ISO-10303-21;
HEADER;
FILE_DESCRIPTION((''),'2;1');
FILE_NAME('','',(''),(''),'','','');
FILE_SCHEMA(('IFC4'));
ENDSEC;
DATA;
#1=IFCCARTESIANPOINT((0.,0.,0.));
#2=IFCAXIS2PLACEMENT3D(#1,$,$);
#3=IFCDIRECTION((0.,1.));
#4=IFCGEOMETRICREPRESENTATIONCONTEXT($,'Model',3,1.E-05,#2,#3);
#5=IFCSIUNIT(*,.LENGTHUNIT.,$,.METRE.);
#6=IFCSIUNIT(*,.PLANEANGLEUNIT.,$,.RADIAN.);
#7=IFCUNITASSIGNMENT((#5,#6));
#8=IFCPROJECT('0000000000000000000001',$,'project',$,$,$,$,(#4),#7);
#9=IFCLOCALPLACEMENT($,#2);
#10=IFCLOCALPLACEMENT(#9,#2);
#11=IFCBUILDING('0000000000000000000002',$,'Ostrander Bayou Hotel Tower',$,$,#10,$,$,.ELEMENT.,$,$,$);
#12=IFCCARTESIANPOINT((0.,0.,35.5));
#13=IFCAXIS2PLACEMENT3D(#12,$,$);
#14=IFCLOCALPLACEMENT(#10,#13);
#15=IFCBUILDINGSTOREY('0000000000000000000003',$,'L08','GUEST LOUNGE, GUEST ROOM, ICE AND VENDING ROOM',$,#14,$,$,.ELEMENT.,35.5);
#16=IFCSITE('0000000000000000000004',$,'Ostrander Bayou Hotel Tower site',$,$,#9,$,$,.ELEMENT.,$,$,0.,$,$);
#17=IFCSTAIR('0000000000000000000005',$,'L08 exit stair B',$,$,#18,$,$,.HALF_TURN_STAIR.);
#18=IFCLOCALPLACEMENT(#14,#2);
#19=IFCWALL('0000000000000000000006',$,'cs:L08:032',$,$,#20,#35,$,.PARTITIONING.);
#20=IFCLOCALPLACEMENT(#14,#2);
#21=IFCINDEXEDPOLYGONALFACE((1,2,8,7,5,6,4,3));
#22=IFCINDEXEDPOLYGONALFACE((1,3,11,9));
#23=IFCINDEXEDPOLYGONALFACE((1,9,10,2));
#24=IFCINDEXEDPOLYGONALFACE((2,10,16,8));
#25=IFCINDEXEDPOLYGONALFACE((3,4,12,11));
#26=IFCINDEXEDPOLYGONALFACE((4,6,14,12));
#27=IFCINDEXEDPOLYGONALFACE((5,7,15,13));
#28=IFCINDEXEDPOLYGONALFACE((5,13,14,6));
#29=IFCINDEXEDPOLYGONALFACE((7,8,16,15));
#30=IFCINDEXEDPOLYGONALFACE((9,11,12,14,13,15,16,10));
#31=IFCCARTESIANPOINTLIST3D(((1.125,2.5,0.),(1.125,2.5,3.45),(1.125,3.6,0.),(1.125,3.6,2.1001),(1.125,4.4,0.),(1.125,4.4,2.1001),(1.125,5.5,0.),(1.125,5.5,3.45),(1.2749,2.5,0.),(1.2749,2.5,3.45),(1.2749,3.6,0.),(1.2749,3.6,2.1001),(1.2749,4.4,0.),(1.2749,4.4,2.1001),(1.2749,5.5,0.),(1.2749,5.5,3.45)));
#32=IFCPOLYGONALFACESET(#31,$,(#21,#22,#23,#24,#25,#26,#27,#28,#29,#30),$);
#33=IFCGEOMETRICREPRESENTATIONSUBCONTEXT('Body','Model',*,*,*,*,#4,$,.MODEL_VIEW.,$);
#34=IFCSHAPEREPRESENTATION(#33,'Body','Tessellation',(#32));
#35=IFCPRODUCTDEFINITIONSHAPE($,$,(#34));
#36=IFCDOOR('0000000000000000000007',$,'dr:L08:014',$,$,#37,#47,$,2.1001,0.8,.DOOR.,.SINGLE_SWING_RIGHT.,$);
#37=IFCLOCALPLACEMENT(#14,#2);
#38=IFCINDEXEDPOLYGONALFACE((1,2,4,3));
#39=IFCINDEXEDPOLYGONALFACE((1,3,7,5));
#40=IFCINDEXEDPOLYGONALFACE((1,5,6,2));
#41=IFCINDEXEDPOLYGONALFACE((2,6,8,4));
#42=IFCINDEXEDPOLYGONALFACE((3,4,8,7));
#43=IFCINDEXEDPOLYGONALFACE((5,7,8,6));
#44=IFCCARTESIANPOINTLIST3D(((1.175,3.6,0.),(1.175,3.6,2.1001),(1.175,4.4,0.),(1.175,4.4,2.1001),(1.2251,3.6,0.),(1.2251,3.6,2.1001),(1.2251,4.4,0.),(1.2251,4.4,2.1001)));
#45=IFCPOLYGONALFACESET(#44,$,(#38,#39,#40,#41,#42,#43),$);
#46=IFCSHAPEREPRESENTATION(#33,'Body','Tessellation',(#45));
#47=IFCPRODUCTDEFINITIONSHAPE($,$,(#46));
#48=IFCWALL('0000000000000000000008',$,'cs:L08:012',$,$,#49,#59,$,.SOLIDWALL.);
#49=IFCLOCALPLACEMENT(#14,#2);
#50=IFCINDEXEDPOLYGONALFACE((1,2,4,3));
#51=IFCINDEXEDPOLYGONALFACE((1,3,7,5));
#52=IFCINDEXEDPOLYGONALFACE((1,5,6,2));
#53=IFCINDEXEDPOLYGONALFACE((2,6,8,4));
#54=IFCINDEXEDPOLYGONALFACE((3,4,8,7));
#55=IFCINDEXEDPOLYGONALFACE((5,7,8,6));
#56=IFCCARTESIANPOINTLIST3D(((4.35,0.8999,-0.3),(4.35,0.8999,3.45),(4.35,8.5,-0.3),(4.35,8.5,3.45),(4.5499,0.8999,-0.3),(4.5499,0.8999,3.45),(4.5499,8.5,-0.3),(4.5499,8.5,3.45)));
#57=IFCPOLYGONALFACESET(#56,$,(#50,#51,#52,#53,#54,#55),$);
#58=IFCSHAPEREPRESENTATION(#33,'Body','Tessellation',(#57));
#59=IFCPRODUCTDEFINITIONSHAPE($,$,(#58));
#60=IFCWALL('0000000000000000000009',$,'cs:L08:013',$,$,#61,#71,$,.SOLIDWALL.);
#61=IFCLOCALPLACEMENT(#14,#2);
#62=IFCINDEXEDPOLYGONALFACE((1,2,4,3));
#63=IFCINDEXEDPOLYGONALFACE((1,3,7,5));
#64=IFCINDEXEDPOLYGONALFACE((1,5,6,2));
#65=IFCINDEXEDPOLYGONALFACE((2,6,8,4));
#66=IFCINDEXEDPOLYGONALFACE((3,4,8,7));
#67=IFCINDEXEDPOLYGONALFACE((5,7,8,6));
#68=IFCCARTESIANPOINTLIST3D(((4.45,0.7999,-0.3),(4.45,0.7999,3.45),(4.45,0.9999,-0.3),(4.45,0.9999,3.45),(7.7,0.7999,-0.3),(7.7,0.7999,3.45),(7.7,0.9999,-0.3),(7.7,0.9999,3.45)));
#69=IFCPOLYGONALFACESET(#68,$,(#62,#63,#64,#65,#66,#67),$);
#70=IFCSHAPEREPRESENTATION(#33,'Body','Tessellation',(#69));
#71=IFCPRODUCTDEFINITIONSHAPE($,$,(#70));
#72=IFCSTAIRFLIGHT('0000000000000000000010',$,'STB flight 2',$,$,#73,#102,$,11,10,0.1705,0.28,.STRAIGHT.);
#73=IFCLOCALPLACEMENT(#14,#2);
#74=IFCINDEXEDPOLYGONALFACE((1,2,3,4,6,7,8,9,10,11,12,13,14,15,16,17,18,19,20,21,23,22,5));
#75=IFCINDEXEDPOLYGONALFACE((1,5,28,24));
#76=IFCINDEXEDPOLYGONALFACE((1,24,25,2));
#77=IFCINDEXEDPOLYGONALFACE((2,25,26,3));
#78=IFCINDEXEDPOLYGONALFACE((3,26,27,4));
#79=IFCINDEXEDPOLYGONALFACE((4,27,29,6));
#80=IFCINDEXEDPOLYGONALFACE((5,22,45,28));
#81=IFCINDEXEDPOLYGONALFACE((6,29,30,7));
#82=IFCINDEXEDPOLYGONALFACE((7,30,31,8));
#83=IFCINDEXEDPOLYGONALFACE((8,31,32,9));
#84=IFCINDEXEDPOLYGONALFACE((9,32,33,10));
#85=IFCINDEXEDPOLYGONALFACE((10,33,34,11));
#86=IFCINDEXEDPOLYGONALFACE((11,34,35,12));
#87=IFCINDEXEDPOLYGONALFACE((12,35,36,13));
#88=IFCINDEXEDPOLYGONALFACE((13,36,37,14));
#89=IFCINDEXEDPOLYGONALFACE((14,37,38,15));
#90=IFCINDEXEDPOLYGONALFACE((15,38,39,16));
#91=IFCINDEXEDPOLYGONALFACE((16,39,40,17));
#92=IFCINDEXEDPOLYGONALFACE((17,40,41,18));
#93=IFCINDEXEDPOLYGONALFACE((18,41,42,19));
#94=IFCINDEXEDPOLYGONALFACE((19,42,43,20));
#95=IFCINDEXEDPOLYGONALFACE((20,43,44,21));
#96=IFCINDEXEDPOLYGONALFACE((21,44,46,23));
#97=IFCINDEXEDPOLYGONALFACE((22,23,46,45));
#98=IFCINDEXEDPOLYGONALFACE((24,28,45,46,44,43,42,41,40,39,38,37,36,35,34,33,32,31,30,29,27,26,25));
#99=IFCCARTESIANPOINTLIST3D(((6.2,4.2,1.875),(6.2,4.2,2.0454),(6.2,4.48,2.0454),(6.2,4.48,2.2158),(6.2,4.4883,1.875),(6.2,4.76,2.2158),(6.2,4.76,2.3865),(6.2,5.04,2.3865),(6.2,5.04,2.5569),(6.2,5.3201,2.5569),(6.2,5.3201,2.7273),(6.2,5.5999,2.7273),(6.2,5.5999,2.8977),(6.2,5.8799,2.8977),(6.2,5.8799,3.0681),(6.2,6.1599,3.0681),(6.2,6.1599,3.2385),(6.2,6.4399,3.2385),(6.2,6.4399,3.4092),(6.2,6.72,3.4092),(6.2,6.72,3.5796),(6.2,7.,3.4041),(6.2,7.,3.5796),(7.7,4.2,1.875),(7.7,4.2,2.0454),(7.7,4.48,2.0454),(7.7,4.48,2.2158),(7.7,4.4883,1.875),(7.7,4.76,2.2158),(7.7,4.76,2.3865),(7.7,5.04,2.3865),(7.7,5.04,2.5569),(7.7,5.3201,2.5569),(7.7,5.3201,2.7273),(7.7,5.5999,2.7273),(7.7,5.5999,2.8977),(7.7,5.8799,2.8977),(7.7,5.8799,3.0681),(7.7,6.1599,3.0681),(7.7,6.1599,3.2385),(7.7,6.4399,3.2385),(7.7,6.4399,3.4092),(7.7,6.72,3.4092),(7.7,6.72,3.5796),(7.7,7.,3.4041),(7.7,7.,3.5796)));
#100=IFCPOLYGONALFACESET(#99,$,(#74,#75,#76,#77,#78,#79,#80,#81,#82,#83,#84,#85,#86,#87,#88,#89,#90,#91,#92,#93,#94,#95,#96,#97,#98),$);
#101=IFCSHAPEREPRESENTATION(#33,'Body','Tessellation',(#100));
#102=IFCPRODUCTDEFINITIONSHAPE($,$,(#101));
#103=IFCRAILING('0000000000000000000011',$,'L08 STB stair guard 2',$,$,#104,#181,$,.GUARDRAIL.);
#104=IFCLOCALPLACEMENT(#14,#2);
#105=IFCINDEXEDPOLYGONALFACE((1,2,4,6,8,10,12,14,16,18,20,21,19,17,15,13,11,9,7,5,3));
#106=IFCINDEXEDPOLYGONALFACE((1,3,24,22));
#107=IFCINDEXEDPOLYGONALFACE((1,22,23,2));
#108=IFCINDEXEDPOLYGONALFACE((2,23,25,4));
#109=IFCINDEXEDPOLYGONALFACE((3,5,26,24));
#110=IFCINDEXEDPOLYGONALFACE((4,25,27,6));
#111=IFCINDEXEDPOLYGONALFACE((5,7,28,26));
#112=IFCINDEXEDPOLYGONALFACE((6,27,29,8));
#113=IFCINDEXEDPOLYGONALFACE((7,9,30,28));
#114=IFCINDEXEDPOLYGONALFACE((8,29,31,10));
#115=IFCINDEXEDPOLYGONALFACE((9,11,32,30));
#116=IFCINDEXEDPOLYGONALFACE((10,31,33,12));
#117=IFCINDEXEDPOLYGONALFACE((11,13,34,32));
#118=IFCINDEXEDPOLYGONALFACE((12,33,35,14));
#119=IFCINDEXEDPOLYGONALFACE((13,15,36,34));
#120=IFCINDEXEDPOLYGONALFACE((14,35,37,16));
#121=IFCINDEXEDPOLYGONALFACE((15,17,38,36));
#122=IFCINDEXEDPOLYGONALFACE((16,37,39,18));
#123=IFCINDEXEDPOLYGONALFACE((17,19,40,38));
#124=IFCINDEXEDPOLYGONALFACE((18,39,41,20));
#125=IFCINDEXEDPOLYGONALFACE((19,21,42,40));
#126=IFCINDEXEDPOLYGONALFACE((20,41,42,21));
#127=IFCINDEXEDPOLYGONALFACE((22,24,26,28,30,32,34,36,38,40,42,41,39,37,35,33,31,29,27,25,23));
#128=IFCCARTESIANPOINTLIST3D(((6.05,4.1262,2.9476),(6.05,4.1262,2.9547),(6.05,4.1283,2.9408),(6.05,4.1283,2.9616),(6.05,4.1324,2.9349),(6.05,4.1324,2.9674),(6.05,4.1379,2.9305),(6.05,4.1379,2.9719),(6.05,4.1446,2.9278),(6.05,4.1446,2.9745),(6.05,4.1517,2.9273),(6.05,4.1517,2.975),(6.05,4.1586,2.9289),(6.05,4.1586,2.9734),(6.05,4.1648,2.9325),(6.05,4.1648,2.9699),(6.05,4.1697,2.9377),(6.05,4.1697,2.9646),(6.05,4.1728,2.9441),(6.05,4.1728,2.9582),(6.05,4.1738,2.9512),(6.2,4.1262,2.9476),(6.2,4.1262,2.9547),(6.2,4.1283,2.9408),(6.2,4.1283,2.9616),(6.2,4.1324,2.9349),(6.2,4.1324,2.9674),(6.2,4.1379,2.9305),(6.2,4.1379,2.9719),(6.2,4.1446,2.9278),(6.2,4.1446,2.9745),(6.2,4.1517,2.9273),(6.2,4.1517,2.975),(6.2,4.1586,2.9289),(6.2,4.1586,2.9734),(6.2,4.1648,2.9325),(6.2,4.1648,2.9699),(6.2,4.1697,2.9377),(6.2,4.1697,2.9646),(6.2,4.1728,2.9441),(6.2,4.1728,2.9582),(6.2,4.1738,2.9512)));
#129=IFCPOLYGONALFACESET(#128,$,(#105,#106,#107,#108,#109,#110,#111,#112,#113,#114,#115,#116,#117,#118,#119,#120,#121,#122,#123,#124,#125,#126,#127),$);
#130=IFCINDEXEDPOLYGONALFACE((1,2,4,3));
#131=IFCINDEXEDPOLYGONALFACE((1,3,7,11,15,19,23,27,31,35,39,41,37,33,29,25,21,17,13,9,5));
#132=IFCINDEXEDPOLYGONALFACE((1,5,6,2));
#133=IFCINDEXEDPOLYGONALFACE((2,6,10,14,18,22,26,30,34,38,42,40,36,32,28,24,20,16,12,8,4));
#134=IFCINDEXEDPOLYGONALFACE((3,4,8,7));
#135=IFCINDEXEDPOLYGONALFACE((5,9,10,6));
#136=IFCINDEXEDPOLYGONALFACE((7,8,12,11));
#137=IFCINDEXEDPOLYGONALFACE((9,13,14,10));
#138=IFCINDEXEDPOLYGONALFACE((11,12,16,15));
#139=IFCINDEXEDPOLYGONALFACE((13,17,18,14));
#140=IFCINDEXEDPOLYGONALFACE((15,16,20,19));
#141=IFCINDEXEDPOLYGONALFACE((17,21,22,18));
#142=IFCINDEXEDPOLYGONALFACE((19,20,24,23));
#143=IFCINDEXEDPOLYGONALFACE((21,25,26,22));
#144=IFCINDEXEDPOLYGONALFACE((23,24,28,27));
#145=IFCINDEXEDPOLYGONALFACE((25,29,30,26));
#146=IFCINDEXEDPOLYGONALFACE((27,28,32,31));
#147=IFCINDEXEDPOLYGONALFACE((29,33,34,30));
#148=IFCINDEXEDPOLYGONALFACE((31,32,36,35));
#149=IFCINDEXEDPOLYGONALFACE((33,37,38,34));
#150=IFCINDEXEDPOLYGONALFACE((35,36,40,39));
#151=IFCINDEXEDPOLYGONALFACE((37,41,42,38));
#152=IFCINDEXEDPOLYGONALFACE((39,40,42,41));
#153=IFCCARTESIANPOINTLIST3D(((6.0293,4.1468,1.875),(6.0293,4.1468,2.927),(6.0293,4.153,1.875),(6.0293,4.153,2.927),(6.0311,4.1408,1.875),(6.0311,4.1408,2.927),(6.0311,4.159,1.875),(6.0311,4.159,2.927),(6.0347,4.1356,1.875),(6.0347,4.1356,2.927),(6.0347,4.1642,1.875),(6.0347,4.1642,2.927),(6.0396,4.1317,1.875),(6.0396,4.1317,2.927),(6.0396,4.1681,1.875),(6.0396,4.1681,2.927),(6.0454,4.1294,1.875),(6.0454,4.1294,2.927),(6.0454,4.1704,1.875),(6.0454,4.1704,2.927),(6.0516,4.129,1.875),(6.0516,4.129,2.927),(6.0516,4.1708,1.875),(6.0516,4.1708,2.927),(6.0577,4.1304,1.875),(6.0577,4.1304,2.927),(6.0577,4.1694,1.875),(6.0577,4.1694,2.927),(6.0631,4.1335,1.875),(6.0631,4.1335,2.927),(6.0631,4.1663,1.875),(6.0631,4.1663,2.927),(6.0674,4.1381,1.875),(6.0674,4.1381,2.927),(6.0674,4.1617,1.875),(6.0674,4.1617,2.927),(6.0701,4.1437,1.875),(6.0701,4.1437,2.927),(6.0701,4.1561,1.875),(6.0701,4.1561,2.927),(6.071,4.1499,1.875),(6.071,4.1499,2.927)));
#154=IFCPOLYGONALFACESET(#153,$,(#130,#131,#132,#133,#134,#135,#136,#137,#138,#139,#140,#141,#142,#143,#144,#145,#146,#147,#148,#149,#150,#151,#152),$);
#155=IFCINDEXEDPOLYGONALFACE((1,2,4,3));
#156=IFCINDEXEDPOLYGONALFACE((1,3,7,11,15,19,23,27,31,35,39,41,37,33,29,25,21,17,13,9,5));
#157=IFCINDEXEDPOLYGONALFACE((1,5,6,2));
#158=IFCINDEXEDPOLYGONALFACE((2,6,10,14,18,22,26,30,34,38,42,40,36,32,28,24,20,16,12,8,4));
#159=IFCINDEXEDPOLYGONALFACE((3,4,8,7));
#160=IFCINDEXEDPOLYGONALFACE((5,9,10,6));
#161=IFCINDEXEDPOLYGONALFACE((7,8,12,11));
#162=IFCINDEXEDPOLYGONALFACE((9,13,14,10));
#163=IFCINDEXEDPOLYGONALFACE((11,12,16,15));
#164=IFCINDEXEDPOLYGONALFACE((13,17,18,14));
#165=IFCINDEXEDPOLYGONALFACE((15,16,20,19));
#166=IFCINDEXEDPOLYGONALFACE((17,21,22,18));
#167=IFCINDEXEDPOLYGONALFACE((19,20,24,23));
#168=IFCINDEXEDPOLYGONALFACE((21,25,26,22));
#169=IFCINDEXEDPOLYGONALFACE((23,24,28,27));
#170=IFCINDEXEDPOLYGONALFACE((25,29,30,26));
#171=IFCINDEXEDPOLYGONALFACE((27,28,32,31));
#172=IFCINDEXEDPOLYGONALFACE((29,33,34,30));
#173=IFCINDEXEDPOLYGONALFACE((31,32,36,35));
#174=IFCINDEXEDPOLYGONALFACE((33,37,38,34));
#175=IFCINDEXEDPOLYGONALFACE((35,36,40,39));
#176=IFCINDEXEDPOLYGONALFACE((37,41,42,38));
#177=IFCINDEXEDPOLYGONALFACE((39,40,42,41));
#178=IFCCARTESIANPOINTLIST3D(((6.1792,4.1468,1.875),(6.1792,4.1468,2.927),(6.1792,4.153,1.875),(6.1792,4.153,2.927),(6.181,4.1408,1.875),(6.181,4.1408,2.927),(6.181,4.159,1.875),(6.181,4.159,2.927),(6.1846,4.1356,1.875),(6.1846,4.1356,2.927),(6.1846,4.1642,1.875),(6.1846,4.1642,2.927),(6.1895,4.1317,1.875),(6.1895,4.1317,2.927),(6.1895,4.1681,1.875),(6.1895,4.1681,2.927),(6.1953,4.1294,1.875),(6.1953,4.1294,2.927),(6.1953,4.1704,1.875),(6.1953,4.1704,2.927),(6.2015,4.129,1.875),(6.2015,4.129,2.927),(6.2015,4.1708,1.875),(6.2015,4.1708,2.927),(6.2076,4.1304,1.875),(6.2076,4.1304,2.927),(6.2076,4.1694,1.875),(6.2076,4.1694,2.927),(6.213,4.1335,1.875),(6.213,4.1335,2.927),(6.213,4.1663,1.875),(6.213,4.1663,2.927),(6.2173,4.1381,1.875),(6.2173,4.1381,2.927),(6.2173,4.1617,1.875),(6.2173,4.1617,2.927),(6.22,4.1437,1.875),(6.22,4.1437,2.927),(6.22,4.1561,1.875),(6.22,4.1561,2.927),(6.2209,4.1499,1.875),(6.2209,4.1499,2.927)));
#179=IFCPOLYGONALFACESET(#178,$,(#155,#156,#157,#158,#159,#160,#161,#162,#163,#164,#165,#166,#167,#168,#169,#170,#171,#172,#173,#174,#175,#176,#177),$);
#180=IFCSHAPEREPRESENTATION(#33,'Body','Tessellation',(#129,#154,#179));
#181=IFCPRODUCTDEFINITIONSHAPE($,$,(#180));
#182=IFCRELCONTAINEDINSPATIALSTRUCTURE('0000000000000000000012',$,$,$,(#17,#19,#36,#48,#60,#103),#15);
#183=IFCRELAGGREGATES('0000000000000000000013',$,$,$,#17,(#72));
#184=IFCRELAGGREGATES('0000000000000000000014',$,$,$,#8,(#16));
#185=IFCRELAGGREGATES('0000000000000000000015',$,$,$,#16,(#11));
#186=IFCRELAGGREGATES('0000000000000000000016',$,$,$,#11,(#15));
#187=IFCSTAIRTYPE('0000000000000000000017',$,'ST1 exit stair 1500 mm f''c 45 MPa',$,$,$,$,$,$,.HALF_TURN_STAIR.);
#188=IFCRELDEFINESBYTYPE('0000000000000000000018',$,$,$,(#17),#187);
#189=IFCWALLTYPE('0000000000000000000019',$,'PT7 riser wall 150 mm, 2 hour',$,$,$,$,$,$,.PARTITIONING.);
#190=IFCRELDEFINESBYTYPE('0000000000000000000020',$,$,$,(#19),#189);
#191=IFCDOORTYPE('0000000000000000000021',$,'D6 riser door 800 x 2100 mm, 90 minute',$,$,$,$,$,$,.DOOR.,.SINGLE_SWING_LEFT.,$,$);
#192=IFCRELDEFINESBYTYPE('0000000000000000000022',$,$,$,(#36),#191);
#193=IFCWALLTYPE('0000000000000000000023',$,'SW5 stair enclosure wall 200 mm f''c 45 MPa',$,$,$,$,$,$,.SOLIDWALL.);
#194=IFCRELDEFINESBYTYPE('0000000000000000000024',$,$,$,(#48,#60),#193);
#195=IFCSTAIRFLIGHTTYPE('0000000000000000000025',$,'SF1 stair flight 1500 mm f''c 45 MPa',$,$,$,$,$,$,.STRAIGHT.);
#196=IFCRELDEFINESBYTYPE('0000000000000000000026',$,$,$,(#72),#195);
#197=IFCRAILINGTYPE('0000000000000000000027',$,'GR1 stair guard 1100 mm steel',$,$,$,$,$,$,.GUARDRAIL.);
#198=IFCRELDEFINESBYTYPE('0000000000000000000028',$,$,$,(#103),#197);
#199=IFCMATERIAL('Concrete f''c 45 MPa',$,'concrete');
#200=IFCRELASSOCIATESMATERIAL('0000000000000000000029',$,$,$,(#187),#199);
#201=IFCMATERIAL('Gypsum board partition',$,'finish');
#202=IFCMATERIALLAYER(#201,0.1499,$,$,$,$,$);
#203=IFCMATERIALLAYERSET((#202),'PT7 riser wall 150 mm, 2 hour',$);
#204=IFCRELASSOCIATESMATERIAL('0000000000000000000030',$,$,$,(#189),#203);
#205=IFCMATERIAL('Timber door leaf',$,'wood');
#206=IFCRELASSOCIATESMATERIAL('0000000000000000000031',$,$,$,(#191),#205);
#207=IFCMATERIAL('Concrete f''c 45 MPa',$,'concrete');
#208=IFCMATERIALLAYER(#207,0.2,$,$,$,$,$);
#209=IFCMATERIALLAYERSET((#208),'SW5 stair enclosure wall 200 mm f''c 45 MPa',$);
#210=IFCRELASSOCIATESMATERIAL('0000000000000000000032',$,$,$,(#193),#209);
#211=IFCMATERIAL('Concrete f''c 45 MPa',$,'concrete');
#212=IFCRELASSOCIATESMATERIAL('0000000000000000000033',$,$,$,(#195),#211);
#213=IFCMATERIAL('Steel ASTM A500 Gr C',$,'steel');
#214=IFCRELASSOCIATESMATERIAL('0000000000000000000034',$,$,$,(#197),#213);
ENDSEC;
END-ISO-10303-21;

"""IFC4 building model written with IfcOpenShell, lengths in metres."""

from ifc_helpers import new_model, si_unit, direction, frame, frame_2d, origin, origin_2d, place, context, subcontext, project, spatial, polyline, rectangle, circle, outline, extrude, material, layer, layer_set, type_object, element, fill, aggregate, save


model = new_model("IFC4")

# Units and contexts
model_context = context("Model", 3, precision=1e-05, world=origin(), true_north=direction((0.0, 1.0)))
body_context = subcontext(model_context, "Body", "Model", "MODEL_VIEW")
ifc_project = project(units=[si_unit("LENGTHUNIT", "METRE"), si_unit("PLANEANGLEUNIT", "RADIAN")], contexts=[model_context])

# Site, building, storey
site_placement = place(None, origin())
site = spatial("IfcSite", under=ifc_project, at=site_placement, Name="Ostrander Bayou Hotel Tower site", CompositionType="ELEMENT", RefElevation=0.0)
building_placement = place(site_placement, origin())
building = spatial("IfcBuilding", under=site, at=building_placement, Name="Ostrander Bayou Hotel Tower", CompositionType="ELEMENT")
storey_placement = place(building_placement, frame((0.0, 0.0, 35.5)))
storey = spatial("IfcBuildingStorey", under=building, at=storey_placement, Name="L08", Description="GUEST LOUNGE, GUEST ROOM, ICE AND VENDING ROOM", CompositionType="ELEMENT", Elevation=35.5)

# Stair
ifc_material_1 = material(Name="Concrete f'c 45 MPa", Category="concrete")
stair_type = type_object("IfcStairType", Name="ST1 exit stair 1500 mm f'c 45 MPa", PredefinedType="HALF_TURN_STAIR", material=ifc_material_1)
stair_1_placement = place(storey_placement, origin())
stair_1 = element("IfcStair", 1, at=stair_1_placement, inside=storey, type_object=stair_type, Name="L08 exit stair B", PredefinedType="HALF_TURN_STAIR")

# Wall, opening, door
ifc_material_2 = material(Name="Gypsum board partition", Category="finish")
ifc_layer_1 = layer(ifc_material_2, 0.1499)
ifc_layer_set_1 = layer_set([ifc_layer_1], Name="PT7 riser wall 150 mm, 2 hour")
wall_type_1 = type_object("IfcWallType", Name="PT7 riser wall 150 mm, 2 hour", PredefinedType="PARTITIONING", material=ifc_layer_set_1)
wall_1_placement = place(storey_placement, frame((1.2, 2.5, 0.0), z_axis=(0.0, 0.0, 1.0), x_axis=(0.0, 1.0, 0.0)))
wall_1 = element("IfcWall", 2, at=wall_1_placement, inside=storey, type_object=wall_type_1, Name="cs:L08:032", PredefinedType="PARTITIONING", context=body_context, shape_type="SweptSolid", body=[
    extrude(rectangle(XDim=3.0, YDim=0.1499, at=frame_2d((1.5, 0.0))), origin(), (0.0, 0.0, 1.0), 3.45),
])
opening_placement = place(wall_1_placement, frame((1.1001, 0.0, 0.0)))
opening = element("IfcOpeningElement", 3, at=opening_placement, cuts=wall_1, PredefinedType="OPENING", context=body_context, shape_type="SweptSolid", body=[
    extrude(rectangle(XDim=0.8, YDim=2.1001, at=frame_2d((0.3999, 1.05))), frame((0.0, 0.075, 0.0), z_axis=(0.0, -1.0, 0.0), x_axis=(1.0, 0.0, 0.0)), (0.0, 0.0, 1.0), 0.1499),
])
ifc_material_3 = material(Name="Timber door leaf", Category="wood")
door_type = type_object("IfcDoorType", Name="D6 riser door 800 x 2100 mm, 90 minute", OperationType="SINGLE_SWING_LEFT", PredefinedType="DOOR", material=ifc_material_3)
door_placement = place(opening_placement, origin())
door = element("IfcDoor", 4, at=door_placement, inside=storey, type_object=door_type, Name="dr:L08:014", OperationType="SINGLE_SWING_RIGHT", OverallHeight=2.1001, OverallWidth=0.8, PredefinedType="DOOR", context=body_context, shape_type="SweptSolid", body=[
    extrude(rectangle(XDim=0.8, YDim=2.1001, at=frame_2d((0.3999, 1.05))), frame((0.0, 0.0249, 0.0), z_axis=(0.0, -1.0, 0.0), x_axis=(1.0, 0.0, 0.0)), (0.0, 0.0, 1.0), 0.05),
])
fill(opening, door)

# Walls
ifc_material_4 = material(Name="Concrete f'c 45 MPa", Category="concrete")
ifc_layer_2 = layer(ifc_material_4, 0.2)
ifc_layer_set_2 = layer_set([ifc_layer_2], Name="SW5 stair enclosure wall 200 mm f'c 45 MPa")
wall_type_2 = type_object("IfcWallType", Name="SW5 stair enclosure wall 200 mm f'c 45 MPa", PredefinedType="SOLIDWALL", material=ifc_layer_set_2)
wall_2_placement = place(storey_placement, frame((4.45, 0.8999, -0.3), z_axis=(0.0, 0.0, 1.0), x_axis=(0.0, 1.0, 0.0)))
element("IfcWall", 5, at=wall_2_placement, inside=storey, type_object=wall_type_2, Name="cs:L08:012", PredefinedType="SOLIDWALL", context=body_context, shape_type="SweptSolid", body=[
    extrude(rectangle(XDim=7.6001, YDim=0.2, at=frame_2d((3.8, 0.0))), origin(), (0.0, 0.0, 1.0), 3.75),
])
wall_3_placement = place(storey_placement, frame((4.45, 0.8999, -0.3), z_axis=(0.0, 0.0, 1.0), x_axis=(1.0, 0.0, 0.0)))
element("IfcWall", 6, at=wall_3_placement, inside=storey, type_object=wall_type_2, Name="cs:L08:013", PredefinedType="SOLIDWALL", context=body_context, shape_type="SweptSolid", body=[
    extrude(rectangle(XDim=3.25, YDim=0.2, at=frame_2d((1.625, 0.0))), origin(), (0.0, 0.0, 1.0), 3.75),
])

# Stair flight
ifc_material_5 = material(Name="Concrete f'c 45 MPa", Category="concrete")
stair_flight_type = type_object("IfcStairFlightType", Name="SF1 stair flight 1500 mm f'c 45 MPa", PredefinedType="STRAIGHT", material=ifc_material_5)
stair_flight_placement = place(storey_placement, frame((6.95, 4.2, 1.875), z_axis=(0.0, 0.0, 1.0), x_axis=(0.0, 1.0, 0.0)))
stair_flight = element("IfcStairFlight", 7, at=stair_flight_placement, type_object=stair_flight_type, Name="STB flight 2", NumberOfRisers=11, NumberOfTreads=10, PredefinedType="STRAIGHT", RiserHeight=0.1705, TreadLength=0.28, context=body_context, shape_type="SweptSolid", body=[
    extrude(outline(polyline([(0.0, 0.0), (0.0, 0.1704), (0.28, 0.1704), (0.28, 0.3408), (0.5601, 0.3408), (0.5601, 0.5115), (0.8401, 0.5115), (0.8401, 0.6819), (1.1201, 0.6819), (1.1201, 0.8523), (1.3999, 0.8523), (1.3999, 1.0227), (1.6799, 1.0227), (1.6799, 1.1931), (1.96, 1.1931), (1.96, 1.3635), (2.24, 1.3635), (2.24, 1.5342), (2.52, 1.5342), (2.52, 1.7046), (2.8, 1.7046), (2.8, 1.875), (2.8, 1.5291), (0.2883, 0.0), (0.0, 0.0)])), frame((0.0, 0.75, 0.0), z_axis=(0.0, -1.0, 0.0), x_axis=(1.0, 0.0, 0.0)), (0.0, 0.0, 1.0), 1.5),
])
aggregate(stair_1, [stair_flight])

# Railing
ifc_material_6 = material(Name="Steel ASTM A500 Gr C", Category="steel")
railing_type_1 = type_object("IfcRailingType", Name="GR1 stair guard 1100 mm steel", PredefinedType="GUARDRAIL", material=ifc_material_6)
railing_1_placement = place(storey_placement, frame((6.05, 4.1499, 1.875)))
element("IfcRailing", 8, at=railing_1_placement, inside=storey, type_object=railing_type_1, Name="L08 STB stair guard 2", PredefinedType="GUARDRAIL", context=body_context, shape_type="SweptSolid", body=[
    extrude(circle(Radius=0.0239, at=origin_2d()), frame((0.0, 0.0, 1.0762), z_axis=(1.0, 0.0, 0.0), x_axis=(0.0, 1.0, 0.0)), (0.0, 0.0, 1.0), 0.1499),
    extrude(circle(Radius=0.021, at=origin_2d()), origin(), (0.0, 0.0, 1.0), 1.052),
    extrude(circle(Radius=0.021, at=origin_2d()), frame((0.1499, 0.0, 0.0)), (0.0, 0.0, 1.0), 1.052),
])

save(model, "model.ifc")
